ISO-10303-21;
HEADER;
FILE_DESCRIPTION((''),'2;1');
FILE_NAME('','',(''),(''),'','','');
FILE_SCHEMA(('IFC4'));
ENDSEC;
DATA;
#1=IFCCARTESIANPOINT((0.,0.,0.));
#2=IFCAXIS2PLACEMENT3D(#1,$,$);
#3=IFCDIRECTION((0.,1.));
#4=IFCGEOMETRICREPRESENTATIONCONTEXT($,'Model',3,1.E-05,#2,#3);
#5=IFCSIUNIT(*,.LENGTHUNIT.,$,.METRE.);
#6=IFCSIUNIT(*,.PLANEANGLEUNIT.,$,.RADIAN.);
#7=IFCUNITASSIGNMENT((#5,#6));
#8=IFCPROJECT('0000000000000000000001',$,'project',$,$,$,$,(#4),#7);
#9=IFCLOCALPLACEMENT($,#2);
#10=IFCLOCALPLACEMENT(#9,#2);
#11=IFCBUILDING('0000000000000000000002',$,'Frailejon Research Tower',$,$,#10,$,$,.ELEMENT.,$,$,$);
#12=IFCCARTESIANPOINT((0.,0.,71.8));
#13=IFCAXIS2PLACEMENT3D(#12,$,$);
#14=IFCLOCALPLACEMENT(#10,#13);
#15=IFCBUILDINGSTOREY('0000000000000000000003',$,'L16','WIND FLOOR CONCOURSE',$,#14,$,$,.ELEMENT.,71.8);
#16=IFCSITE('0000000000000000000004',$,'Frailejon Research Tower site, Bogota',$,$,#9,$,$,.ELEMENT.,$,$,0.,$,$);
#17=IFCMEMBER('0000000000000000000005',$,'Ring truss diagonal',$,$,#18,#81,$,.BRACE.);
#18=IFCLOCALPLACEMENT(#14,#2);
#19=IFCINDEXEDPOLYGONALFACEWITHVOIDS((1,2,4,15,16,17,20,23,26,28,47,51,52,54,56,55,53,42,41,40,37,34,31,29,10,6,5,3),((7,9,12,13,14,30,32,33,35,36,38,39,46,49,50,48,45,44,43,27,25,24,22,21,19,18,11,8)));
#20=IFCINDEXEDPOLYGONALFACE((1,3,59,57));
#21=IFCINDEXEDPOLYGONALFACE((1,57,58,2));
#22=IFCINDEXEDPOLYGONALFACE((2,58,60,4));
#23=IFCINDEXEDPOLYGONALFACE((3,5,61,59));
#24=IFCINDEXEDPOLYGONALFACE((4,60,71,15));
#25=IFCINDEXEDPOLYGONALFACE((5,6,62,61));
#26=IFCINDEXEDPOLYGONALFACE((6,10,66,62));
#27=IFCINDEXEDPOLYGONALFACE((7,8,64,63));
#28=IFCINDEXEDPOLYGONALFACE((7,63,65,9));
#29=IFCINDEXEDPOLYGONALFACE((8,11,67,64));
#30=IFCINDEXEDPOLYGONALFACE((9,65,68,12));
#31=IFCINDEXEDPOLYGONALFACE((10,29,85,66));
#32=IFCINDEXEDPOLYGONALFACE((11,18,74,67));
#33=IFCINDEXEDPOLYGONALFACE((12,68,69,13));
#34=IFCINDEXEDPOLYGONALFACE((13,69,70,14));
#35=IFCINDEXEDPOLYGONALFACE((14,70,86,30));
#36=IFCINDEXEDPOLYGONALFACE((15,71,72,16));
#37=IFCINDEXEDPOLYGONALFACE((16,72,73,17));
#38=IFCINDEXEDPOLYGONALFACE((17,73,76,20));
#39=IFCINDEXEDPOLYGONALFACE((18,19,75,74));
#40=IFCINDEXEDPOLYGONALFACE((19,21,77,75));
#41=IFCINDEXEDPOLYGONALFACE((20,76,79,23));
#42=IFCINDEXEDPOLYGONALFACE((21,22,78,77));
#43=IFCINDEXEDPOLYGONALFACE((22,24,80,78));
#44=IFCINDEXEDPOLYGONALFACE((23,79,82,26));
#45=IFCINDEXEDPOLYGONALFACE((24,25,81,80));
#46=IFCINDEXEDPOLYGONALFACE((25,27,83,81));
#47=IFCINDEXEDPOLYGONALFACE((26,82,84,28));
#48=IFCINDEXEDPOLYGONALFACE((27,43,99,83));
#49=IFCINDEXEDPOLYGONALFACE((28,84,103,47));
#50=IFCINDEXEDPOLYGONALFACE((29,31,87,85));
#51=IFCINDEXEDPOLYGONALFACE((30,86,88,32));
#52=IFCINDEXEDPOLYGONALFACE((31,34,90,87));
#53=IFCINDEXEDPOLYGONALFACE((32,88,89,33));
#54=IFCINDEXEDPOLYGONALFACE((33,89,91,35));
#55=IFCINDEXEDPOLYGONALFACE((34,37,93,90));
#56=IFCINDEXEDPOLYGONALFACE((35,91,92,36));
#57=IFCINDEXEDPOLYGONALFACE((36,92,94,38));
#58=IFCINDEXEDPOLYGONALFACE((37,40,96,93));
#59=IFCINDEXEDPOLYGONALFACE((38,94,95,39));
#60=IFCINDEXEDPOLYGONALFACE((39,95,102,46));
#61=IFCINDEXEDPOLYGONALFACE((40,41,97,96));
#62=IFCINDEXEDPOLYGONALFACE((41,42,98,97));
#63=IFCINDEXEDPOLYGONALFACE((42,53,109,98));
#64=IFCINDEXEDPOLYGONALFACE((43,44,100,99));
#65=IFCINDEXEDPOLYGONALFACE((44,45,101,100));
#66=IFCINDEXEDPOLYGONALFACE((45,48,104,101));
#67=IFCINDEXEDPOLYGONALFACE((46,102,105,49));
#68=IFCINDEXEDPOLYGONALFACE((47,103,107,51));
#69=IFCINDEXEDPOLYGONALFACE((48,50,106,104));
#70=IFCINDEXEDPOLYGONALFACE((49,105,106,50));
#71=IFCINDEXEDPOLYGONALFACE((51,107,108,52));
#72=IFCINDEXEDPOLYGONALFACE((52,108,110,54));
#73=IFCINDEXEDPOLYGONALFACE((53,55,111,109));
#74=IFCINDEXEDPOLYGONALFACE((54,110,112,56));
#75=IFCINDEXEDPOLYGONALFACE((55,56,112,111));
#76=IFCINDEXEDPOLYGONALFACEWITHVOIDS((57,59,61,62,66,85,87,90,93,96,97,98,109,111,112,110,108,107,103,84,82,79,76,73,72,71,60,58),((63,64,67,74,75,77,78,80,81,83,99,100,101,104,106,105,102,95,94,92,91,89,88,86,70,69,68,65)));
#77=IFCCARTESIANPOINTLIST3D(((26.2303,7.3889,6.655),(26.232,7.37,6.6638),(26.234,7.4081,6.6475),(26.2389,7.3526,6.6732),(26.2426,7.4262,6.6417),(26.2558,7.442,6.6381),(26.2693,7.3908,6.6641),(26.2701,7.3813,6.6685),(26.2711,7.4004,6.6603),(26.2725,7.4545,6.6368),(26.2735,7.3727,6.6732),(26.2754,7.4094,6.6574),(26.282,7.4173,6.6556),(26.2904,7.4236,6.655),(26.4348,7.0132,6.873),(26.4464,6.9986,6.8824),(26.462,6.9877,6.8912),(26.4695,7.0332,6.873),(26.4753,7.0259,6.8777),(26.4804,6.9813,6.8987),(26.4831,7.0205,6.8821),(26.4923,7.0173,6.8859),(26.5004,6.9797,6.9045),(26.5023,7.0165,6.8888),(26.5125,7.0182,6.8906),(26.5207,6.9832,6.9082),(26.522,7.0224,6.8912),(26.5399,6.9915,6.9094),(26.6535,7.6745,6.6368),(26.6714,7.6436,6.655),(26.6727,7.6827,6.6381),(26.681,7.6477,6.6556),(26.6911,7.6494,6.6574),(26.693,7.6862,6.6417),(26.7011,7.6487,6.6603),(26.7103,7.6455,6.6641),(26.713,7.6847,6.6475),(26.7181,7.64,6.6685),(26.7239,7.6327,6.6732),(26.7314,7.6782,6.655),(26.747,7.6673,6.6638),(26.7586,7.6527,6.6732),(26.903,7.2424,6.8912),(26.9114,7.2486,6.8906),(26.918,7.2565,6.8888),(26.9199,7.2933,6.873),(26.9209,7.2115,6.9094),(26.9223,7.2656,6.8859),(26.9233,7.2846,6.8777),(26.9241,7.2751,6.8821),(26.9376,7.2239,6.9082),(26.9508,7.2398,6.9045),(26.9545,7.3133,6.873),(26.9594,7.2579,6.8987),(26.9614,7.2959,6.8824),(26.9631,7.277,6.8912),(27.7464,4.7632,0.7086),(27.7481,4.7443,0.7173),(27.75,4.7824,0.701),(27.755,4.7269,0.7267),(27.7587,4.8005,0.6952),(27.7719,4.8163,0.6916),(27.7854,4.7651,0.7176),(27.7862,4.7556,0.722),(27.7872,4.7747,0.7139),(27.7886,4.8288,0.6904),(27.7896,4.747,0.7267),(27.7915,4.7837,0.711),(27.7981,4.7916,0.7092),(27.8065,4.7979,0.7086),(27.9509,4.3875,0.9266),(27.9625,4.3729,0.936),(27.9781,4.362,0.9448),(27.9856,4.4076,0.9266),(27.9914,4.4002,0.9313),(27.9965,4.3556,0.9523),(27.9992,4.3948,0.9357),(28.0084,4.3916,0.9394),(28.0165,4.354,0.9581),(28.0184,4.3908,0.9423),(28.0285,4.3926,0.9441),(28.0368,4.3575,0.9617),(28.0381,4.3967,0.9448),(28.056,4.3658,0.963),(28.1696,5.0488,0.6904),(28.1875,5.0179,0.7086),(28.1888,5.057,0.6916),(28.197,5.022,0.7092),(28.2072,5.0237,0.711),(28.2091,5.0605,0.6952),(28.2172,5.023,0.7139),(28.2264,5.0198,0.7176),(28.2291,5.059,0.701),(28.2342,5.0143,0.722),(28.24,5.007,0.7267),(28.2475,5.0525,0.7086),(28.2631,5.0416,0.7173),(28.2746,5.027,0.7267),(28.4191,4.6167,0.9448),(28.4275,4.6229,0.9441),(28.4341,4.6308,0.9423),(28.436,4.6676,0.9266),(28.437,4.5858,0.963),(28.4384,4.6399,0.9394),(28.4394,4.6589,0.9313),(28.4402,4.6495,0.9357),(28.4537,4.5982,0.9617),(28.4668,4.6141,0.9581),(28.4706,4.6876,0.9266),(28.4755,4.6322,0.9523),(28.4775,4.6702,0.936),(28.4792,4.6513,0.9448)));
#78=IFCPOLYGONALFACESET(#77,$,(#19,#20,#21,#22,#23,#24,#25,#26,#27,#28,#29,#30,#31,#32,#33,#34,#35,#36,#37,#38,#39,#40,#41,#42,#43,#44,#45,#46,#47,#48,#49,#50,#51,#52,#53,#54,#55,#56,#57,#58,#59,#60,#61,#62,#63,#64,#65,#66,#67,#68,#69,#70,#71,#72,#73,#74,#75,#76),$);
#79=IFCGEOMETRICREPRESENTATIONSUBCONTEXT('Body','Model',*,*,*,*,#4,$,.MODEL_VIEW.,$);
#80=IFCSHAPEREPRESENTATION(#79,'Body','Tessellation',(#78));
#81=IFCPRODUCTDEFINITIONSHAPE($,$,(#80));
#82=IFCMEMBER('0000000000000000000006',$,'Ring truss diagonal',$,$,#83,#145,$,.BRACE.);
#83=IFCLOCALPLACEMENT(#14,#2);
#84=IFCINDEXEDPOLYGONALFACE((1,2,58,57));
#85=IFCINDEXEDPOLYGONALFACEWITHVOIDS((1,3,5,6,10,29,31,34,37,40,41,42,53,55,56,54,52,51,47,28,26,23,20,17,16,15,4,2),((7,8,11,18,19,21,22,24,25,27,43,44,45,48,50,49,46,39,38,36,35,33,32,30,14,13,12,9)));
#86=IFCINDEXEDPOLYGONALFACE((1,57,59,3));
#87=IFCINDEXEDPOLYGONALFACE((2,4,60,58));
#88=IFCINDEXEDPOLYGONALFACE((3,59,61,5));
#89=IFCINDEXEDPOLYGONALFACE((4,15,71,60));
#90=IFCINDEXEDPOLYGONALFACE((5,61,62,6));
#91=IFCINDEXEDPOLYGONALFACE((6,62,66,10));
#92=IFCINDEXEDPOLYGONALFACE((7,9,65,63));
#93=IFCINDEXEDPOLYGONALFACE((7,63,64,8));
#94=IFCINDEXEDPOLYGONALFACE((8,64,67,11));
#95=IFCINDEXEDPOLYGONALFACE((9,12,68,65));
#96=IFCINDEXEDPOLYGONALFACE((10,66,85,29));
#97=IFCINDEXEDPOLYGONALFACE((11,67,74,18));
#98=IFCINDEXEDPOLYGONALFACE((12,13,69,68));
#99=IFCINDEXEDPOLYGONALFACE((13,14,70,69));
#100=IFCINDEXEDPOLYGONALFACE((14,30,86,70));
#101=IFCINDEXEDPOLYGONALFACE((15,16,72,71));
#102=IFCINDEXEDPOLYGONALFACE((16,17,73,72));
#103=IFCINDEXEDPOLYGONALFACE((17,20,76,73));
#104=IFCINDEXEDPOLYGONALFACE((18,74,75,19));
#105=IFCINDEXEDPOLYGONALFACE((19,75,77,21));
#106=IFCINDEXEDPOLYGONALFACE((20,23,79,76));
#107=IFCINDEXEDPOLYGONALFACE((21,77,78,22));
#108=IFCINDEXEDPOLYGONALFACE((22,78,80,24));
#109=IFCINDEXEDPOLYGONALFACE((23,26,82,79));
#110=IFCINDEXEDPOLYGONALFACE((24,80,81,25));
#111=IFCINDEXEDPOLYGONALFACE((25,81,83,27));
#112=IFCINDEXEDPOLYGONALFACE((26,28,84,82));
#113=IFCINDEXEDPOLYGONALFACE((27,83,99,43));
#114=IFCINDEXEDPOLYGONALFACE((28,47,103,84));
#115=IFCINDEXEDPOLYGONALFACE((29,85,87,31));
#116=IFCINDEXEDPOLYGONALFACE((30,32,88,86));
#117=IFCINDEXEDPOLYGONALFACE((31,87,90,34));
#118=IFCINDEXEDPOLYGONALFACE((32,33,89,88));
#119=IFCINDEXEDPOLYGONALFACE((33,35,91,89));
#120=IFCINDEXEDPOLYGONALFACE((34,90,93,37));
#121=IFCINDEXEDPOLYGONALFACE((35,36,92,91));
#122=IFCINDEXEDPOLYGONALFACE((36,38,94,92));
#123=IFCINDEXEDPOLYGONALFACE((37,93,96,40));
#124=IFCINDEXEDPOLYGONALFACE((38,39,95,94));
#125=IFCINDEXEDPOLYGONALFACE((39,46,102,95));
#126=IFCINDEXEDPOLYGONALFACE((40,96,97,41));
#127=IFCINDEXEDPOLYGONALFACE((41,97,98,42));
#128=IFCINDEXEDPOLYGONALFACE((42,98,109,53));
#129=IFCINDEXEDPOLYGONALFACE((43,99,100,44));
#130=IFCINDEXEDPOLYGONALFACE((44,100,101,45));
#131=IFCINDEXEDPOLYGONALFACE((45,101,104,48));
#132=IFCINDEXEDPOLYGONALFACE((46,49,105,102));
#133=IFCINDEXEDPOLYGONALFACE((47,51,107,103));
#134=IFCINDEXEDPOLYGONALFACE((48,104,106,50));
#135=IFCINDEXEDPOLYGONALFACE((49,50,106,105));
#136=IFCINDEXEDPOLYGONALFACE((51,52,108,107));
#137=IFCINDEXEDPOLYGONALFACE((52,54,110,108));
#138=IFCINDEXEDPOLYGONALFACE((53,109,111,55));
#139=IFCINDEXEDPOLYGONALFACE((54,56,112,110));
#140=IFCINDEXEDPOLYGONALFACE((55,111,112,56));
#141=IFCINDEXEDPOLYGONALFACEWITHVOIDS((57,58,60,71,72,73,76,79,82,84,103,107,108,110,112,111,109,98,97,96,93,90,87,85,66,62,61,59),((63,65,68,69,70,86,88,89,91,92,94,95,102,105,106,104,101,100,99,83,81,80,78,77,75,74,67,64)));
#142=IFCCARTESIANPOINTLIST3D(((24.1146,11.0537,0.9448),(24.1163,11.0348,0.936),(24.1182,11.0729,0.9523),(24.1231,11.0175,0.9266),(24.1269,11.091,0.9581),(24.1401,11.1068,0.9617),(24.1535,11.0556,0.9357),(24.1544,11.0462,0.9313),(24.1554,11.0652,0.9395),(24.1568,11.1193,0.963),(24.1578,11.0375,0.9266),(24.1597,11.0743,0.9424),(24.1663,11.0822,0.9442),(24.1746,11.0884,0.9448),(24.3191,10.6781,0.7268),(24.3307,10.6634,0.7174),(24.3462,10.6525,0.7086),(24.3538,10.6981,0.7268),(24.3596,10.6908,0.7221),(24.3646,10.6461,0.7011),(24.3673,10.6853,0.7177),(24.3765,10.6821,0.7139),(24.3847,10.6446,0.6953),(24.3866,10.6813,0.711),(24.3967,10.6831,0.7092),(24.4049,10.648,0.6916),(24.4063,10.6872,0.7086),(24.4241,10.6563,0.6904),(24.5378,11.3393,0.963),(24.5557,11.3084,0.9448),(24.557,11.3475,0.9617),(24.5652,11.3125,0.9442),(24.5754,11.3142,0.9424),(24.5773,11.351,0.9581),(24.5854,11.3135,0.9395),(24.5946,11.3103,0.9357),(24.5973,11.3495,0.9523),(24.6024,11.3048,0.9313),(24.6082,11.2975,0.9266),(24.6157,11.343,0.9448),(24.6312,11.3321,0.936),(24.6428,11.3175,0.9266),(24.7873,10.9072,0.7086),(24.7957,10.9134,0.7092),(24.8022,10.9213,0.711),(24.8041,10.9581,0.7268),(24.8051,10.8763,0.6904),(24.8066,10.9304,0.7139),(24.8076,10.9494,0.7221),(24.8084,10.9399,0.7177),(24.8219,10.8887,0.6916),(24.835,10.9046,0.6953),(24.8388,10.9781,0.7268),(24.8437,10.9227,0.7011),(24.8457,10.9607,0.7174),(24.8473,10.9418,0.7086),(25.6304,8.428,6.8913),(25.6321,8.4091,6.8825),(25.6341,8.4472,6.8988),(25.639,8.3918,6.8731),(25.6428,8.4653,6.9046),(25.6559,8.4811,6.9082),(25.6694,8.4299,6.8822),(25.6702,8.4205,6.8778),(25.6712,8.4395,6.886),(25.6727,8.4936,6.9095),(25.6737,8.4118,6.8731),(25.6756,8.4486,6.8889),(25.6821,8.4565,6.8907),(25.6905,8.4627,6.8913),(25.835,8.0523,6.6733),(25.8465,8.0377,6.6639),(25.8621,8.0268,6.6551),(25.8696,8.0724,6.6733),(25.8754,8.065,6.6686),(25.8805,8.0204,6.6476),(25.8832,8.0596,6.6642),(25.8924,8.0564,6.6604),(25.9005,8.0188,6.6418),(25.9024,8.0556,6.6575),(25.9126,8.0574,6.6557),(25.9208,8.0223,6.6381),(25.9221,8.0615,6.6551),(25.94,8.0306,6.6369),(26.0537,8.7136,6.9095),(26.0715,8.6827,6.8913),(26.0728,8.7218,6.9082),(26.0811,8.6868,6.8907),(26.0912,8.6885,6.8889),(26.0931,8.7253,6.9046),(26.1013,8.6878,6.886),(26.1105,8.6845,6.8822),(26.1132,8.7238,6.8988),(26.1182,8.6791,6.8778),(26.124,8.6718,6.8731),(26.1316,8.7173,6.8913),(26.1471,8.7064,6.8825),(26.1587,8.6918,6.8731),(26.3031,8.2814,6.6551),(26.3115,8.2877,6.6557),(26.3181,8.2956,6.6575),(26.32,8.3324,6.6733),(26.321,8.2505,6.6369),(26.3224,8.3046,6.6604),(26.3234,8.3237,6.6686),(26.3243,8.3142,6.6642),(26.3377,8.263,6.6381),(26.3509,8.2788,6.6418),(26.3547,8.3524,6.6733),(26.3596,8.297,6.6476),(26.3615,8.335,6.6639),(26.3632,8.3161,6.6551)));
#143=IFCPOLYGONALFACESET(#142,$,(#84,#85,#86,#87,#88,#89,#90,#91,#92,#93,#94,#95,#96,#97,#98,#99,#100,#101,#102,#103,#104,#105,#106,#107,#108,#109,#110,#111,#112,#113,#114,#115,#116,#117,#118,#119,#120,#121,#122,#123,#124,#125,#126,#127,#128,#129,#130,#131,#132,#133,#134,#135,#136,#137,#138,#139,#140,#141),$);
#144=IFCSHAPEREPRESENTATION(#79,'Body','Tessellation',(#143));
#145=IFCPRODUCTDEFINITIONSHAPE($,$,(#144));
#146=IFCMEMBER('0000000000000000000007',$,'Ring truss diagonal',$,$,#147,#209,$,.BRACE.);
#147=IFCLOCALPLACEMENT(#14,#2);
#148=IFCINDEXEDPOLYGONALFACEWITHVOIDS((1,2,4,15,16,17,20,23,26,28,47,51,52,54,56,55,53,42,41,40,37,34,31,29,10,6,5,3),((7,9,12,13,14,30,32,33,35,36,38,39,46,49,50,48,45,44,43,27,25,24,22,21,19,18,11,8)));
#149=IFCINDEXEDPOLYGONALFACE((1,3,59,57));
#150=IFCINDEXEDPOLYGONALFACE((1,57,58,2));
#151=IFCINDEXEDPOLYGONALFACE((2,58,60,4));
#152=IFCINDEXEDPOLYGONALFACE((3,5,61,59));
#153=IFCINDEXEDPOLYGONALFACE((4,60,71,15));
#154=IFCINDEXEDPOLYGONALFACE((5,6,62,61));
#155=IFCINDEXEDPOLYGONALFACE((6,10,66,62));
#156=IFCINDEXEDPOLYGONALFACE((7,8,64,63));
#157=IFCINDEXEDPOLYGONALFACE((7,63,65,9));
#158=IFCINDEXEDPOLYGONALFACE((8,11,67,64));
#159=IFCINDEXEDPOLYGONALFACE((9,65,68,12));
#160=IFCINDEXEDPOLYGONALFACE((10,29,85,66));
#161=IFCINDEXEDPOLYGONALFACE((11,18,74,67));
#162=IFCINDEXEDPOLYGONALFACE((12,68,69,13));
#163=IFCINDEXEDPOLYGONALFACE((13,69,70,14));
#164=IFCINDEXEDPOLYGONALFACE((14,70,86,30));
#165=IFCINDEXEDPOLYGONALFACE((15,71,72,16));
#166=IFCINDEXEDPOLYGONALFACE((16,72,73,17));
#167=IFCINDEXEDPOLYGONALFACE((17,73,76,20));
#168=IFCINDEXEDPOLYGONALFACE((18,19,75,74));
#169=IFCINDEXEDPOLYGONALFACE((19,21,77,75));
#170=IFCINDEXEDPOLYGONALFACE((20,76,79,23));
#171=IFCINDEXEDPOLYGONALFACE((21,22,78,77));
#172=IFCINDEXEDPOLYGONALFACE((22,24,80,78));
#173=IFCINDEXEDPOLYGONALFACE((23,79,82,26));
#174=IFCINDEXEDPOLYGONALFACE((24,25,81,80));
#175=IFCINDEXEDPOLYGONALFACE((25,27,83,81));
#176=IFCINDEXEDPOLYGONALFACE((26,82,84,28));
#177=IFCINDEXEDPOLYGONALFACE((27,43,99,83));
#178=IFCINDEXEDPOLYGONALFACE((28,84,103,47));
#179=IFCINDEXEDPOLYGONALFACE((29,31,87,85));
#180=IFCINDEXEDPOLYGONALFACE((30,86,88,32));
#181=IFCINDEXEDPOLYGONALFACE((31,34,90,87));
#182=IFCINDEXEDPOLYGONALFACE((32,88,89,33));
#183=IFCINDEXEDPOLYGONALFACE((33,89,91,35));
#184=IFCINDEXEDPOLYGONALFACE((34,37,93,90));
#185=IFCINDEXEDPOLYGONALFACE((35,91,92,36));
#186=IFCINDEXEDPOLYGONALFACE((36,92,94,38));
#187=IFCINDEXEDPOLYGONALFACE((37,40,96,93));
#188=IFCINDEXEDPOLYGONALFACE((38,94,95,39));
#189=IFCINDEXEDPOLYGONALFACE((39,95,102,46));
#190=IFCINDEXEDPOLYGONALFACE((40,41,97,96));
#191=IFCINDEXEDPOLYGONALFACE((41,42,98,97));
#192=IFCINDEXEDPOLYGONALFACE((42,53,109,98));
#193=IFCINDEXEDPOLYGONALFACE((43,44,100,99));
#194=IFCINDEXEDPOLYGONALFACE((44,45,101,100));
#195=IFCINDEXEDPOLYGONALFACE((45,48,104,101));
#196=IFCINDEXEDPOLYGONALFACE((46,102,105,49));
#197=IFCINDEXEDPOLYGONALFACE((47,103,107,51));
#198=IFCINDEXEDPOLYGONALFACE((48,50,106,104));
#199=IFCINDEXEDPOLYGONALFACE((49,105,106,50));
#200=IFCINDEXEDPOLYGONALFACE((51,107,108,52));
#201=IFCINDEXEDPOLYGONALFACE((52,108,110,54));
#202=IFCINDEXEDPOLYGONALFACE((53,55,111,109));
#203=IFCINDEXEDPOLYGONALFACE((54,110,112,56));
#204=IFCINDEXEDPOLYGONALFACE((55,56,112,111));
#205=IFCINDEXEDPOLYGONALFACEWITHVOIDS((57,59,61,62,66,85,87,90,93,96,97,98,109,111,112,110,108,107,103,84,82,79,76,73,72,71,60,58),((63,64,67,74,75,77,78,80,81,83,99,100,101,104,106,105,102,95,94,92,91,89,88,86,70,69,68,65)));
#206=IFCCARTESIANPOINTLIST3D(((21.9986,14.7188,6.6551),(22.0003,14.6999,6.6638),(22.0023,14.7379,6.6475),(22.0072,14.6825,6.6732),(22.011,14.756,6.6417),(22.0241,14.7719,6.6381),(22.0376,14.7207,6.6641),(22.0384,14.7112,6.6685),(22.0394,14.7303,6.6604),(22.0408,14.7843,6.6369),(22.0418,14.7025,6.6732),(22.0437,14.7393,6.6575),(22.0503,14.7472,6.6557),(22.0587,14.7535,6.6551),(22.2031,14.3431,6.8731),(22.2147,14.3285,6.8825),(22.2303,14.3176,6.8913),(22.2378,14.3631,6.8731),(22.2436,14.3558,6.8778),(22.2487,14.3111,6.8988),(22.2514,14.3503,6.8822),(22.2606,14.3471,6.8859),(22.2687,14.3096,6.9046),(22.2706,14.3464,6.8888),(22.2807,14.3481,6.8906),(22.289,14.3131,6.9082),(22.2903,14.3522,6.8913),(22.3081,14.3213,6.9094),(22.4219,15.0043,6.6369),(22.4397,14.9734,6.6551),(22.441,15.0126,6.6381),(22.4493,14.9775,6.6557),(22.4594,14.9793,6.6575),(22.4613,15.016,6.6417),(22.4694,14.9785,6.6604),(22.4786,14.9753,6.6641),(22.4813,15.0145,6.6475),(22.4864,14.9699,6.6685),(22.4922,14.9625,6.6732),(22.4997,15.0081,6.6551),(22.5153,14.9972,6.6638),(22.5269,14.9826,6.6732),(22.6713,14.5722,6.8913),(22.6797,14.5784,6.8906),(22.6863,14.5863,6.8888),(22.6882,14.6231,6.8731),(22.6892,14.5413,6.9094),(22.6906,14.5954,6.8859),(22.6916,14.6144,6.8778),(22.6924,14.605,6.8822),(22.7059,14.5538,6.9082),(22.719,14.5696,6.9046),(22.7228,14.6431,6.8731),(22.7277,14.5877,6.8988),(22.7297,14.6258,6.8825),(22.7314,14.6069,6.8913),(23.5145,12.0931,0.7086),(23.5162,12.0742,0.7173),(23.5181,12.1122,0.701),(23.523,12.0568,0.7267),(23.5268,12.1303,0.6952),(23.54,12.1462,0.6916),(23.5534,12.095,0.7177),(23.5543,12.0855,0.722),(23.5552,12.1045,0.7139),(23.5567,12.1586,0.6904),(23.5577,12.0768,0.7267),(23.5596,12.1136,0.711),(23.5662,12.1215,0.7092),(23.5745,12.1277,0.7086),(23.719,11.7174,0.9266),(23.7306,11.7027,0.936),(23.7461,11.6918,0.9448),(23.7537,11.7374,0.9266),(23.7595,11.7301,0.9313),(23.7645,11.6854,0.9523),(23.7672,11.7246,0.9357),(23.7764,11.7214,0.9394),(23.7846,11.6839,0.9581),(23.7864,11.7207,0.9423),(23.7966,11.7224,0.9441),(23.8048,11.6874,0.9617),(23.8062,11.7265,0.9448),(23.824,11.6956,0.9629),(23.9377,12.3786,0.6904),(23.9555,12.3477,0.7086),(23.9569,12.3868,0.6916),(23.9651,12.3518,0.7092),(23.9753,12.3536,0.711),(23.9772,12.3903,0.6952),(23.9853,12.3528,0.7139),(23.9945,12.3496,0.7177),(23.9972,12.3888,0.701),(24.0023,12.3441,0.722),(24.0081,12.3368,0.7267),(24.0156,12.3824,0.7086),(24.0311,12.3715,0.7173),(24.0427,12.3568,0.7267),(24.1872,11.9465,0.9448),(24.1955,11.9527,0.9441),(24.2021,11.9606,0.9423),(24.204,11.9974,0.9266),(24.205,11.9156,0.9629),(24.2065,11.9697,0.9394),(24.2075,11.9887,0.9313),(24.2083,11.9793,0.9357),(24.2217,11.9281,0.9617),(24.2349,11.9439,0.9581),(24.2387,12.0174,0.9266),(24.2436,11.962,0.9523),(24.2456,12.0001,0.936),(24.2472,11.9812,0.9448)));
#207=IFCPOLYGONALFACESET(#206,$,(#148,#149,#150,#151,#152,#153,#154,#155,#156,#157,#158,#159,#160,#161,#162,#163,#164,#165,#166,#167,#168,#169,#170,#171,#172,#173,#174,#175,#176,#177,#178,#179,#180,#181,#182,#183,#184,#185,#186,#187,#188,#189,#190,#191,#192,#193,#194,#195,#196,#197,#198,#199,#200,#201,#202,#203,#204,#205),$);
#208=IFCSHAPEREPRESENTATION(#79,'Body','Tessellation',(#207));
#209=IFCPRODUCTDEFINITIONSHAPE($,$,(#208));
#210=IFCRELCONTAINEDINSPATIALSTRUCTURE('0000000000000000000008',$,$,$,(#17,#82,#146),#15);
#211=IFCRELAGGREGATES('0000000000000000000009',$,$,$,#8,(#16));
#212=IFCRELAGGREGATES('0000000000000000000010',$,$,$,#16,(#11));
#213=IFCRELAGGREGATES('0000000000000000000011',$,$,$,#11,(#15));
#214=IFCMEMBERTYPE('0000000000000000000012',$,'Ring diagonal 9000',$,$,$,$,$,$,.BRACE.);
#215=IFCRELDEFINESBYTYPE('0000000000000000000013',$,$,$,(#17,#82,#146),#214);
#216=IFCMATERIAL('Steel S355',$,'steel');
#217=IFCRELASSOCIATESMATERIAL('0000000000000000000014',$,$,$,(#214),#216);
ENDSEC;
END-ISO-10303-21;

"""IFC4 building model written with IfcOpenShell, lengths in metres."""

from ifc_helpers import new_model, si_unit, direction, frame, origin, origin_2d, place, context, subcontext, project, spatial, hollow_rectangle, extrude, material, material_profile, profile_set, type_object, element, save


model = new_model("IFC4")

# Units and contexts
model_context = context("Model", 3, precision=1e-05, world=origin(), true_north=direction((0.0, 1.0)))
body_context = subcontext(model_context, "Body", "Model", "MODEL_VIEW")
ifc_project = project(units=[si_unit("LENGTHUNIT", "METRE"), si_unit("PLANEANGLEUNIT", "RADIAN")], contexts=[model_context])

# Site, building, storey
site_placement = place(None, origin())
site = spatial("IfcSite", under=ifc_project, at=site_placement, Name="Frailejon Research Tower site, Bogota", CompositionType="ELEMENT", RefElevation=0.0)
building_placement = place(site_placement, origin())
building = spatial("IfcBuilding", under=site, at=building_placement, Name="Frailejon Research Tower", CompositionType="ELEMENT")
storey_placement = place(building_placement, frame((0.0, 0.0, 71.8)))
storey = spatial("IfcBuildingStorey", under=building, at=storey_placement, Name="L16", Description="WIND FLOOR CONCOURSE", CompositionType="ELEMENT", Elevation=71.8)

# Members
ifc_material_1 = material(Name="Steel S355", Category="steel")
ifc_material_profile_1 = material_profile(ifc_material_1, hollow_rectangle(XDim=0.6001, YDim=0.6001, WallThickness=0.04, InnerFilletRadius=0.04, OuterFilletRadius=0.0801, at=origin_2d()), Name="Ring diagonal 9000")
ifc_profile_set_1 = profile_set([ifc_material_profile_1], Name="Steel S355")
member_type = type_object("IfcMemberType", Name="Ring diagonal 9000", PredefinedType="BRACE", material=ifc_profile_set_1)
for number, where, z_axis, x_axis, name in (
    (1, (28.1128, 4.7073, 0.8267), (-0.227136, 0.393374, 0.890879), (-0.866005, -0.500036, 0.0), "Ring truss diagonal"),
    (2, (25.9968, 8.3721, 6.7732), (-0.227102, 0.393377, -0.890887), (-0.866039, -0.499976, 0.0), "Ring truss diagonal"),
    (3, (23.8809, 12.0371, 0.8267), (-0.227102, 0.393377, 0.890887), (-0.866039, -0.499976, 0.0), "Ring truss diagonal"),
):
    element("IfcMember", number, at=place(storey_placement, frame(where, z_axis=z_axis, x_axis=x_axis)), inside=storey, type_object=member_type, Name=name, PredefinedType="BRACE", context=body_context, shape_type="SweptSolid", body=[
        extrude(hollow_rectangle(XDim=0.6001, YDim=0.6001, WallThickness=0.04, InnerFilletRadius=0.04, OuterFilletRadius=0.0801, at=origin_2d()), origin(), (0.0, 0.0, 1.0), 6.6748),
    ])

save(model, "model.ifc")
